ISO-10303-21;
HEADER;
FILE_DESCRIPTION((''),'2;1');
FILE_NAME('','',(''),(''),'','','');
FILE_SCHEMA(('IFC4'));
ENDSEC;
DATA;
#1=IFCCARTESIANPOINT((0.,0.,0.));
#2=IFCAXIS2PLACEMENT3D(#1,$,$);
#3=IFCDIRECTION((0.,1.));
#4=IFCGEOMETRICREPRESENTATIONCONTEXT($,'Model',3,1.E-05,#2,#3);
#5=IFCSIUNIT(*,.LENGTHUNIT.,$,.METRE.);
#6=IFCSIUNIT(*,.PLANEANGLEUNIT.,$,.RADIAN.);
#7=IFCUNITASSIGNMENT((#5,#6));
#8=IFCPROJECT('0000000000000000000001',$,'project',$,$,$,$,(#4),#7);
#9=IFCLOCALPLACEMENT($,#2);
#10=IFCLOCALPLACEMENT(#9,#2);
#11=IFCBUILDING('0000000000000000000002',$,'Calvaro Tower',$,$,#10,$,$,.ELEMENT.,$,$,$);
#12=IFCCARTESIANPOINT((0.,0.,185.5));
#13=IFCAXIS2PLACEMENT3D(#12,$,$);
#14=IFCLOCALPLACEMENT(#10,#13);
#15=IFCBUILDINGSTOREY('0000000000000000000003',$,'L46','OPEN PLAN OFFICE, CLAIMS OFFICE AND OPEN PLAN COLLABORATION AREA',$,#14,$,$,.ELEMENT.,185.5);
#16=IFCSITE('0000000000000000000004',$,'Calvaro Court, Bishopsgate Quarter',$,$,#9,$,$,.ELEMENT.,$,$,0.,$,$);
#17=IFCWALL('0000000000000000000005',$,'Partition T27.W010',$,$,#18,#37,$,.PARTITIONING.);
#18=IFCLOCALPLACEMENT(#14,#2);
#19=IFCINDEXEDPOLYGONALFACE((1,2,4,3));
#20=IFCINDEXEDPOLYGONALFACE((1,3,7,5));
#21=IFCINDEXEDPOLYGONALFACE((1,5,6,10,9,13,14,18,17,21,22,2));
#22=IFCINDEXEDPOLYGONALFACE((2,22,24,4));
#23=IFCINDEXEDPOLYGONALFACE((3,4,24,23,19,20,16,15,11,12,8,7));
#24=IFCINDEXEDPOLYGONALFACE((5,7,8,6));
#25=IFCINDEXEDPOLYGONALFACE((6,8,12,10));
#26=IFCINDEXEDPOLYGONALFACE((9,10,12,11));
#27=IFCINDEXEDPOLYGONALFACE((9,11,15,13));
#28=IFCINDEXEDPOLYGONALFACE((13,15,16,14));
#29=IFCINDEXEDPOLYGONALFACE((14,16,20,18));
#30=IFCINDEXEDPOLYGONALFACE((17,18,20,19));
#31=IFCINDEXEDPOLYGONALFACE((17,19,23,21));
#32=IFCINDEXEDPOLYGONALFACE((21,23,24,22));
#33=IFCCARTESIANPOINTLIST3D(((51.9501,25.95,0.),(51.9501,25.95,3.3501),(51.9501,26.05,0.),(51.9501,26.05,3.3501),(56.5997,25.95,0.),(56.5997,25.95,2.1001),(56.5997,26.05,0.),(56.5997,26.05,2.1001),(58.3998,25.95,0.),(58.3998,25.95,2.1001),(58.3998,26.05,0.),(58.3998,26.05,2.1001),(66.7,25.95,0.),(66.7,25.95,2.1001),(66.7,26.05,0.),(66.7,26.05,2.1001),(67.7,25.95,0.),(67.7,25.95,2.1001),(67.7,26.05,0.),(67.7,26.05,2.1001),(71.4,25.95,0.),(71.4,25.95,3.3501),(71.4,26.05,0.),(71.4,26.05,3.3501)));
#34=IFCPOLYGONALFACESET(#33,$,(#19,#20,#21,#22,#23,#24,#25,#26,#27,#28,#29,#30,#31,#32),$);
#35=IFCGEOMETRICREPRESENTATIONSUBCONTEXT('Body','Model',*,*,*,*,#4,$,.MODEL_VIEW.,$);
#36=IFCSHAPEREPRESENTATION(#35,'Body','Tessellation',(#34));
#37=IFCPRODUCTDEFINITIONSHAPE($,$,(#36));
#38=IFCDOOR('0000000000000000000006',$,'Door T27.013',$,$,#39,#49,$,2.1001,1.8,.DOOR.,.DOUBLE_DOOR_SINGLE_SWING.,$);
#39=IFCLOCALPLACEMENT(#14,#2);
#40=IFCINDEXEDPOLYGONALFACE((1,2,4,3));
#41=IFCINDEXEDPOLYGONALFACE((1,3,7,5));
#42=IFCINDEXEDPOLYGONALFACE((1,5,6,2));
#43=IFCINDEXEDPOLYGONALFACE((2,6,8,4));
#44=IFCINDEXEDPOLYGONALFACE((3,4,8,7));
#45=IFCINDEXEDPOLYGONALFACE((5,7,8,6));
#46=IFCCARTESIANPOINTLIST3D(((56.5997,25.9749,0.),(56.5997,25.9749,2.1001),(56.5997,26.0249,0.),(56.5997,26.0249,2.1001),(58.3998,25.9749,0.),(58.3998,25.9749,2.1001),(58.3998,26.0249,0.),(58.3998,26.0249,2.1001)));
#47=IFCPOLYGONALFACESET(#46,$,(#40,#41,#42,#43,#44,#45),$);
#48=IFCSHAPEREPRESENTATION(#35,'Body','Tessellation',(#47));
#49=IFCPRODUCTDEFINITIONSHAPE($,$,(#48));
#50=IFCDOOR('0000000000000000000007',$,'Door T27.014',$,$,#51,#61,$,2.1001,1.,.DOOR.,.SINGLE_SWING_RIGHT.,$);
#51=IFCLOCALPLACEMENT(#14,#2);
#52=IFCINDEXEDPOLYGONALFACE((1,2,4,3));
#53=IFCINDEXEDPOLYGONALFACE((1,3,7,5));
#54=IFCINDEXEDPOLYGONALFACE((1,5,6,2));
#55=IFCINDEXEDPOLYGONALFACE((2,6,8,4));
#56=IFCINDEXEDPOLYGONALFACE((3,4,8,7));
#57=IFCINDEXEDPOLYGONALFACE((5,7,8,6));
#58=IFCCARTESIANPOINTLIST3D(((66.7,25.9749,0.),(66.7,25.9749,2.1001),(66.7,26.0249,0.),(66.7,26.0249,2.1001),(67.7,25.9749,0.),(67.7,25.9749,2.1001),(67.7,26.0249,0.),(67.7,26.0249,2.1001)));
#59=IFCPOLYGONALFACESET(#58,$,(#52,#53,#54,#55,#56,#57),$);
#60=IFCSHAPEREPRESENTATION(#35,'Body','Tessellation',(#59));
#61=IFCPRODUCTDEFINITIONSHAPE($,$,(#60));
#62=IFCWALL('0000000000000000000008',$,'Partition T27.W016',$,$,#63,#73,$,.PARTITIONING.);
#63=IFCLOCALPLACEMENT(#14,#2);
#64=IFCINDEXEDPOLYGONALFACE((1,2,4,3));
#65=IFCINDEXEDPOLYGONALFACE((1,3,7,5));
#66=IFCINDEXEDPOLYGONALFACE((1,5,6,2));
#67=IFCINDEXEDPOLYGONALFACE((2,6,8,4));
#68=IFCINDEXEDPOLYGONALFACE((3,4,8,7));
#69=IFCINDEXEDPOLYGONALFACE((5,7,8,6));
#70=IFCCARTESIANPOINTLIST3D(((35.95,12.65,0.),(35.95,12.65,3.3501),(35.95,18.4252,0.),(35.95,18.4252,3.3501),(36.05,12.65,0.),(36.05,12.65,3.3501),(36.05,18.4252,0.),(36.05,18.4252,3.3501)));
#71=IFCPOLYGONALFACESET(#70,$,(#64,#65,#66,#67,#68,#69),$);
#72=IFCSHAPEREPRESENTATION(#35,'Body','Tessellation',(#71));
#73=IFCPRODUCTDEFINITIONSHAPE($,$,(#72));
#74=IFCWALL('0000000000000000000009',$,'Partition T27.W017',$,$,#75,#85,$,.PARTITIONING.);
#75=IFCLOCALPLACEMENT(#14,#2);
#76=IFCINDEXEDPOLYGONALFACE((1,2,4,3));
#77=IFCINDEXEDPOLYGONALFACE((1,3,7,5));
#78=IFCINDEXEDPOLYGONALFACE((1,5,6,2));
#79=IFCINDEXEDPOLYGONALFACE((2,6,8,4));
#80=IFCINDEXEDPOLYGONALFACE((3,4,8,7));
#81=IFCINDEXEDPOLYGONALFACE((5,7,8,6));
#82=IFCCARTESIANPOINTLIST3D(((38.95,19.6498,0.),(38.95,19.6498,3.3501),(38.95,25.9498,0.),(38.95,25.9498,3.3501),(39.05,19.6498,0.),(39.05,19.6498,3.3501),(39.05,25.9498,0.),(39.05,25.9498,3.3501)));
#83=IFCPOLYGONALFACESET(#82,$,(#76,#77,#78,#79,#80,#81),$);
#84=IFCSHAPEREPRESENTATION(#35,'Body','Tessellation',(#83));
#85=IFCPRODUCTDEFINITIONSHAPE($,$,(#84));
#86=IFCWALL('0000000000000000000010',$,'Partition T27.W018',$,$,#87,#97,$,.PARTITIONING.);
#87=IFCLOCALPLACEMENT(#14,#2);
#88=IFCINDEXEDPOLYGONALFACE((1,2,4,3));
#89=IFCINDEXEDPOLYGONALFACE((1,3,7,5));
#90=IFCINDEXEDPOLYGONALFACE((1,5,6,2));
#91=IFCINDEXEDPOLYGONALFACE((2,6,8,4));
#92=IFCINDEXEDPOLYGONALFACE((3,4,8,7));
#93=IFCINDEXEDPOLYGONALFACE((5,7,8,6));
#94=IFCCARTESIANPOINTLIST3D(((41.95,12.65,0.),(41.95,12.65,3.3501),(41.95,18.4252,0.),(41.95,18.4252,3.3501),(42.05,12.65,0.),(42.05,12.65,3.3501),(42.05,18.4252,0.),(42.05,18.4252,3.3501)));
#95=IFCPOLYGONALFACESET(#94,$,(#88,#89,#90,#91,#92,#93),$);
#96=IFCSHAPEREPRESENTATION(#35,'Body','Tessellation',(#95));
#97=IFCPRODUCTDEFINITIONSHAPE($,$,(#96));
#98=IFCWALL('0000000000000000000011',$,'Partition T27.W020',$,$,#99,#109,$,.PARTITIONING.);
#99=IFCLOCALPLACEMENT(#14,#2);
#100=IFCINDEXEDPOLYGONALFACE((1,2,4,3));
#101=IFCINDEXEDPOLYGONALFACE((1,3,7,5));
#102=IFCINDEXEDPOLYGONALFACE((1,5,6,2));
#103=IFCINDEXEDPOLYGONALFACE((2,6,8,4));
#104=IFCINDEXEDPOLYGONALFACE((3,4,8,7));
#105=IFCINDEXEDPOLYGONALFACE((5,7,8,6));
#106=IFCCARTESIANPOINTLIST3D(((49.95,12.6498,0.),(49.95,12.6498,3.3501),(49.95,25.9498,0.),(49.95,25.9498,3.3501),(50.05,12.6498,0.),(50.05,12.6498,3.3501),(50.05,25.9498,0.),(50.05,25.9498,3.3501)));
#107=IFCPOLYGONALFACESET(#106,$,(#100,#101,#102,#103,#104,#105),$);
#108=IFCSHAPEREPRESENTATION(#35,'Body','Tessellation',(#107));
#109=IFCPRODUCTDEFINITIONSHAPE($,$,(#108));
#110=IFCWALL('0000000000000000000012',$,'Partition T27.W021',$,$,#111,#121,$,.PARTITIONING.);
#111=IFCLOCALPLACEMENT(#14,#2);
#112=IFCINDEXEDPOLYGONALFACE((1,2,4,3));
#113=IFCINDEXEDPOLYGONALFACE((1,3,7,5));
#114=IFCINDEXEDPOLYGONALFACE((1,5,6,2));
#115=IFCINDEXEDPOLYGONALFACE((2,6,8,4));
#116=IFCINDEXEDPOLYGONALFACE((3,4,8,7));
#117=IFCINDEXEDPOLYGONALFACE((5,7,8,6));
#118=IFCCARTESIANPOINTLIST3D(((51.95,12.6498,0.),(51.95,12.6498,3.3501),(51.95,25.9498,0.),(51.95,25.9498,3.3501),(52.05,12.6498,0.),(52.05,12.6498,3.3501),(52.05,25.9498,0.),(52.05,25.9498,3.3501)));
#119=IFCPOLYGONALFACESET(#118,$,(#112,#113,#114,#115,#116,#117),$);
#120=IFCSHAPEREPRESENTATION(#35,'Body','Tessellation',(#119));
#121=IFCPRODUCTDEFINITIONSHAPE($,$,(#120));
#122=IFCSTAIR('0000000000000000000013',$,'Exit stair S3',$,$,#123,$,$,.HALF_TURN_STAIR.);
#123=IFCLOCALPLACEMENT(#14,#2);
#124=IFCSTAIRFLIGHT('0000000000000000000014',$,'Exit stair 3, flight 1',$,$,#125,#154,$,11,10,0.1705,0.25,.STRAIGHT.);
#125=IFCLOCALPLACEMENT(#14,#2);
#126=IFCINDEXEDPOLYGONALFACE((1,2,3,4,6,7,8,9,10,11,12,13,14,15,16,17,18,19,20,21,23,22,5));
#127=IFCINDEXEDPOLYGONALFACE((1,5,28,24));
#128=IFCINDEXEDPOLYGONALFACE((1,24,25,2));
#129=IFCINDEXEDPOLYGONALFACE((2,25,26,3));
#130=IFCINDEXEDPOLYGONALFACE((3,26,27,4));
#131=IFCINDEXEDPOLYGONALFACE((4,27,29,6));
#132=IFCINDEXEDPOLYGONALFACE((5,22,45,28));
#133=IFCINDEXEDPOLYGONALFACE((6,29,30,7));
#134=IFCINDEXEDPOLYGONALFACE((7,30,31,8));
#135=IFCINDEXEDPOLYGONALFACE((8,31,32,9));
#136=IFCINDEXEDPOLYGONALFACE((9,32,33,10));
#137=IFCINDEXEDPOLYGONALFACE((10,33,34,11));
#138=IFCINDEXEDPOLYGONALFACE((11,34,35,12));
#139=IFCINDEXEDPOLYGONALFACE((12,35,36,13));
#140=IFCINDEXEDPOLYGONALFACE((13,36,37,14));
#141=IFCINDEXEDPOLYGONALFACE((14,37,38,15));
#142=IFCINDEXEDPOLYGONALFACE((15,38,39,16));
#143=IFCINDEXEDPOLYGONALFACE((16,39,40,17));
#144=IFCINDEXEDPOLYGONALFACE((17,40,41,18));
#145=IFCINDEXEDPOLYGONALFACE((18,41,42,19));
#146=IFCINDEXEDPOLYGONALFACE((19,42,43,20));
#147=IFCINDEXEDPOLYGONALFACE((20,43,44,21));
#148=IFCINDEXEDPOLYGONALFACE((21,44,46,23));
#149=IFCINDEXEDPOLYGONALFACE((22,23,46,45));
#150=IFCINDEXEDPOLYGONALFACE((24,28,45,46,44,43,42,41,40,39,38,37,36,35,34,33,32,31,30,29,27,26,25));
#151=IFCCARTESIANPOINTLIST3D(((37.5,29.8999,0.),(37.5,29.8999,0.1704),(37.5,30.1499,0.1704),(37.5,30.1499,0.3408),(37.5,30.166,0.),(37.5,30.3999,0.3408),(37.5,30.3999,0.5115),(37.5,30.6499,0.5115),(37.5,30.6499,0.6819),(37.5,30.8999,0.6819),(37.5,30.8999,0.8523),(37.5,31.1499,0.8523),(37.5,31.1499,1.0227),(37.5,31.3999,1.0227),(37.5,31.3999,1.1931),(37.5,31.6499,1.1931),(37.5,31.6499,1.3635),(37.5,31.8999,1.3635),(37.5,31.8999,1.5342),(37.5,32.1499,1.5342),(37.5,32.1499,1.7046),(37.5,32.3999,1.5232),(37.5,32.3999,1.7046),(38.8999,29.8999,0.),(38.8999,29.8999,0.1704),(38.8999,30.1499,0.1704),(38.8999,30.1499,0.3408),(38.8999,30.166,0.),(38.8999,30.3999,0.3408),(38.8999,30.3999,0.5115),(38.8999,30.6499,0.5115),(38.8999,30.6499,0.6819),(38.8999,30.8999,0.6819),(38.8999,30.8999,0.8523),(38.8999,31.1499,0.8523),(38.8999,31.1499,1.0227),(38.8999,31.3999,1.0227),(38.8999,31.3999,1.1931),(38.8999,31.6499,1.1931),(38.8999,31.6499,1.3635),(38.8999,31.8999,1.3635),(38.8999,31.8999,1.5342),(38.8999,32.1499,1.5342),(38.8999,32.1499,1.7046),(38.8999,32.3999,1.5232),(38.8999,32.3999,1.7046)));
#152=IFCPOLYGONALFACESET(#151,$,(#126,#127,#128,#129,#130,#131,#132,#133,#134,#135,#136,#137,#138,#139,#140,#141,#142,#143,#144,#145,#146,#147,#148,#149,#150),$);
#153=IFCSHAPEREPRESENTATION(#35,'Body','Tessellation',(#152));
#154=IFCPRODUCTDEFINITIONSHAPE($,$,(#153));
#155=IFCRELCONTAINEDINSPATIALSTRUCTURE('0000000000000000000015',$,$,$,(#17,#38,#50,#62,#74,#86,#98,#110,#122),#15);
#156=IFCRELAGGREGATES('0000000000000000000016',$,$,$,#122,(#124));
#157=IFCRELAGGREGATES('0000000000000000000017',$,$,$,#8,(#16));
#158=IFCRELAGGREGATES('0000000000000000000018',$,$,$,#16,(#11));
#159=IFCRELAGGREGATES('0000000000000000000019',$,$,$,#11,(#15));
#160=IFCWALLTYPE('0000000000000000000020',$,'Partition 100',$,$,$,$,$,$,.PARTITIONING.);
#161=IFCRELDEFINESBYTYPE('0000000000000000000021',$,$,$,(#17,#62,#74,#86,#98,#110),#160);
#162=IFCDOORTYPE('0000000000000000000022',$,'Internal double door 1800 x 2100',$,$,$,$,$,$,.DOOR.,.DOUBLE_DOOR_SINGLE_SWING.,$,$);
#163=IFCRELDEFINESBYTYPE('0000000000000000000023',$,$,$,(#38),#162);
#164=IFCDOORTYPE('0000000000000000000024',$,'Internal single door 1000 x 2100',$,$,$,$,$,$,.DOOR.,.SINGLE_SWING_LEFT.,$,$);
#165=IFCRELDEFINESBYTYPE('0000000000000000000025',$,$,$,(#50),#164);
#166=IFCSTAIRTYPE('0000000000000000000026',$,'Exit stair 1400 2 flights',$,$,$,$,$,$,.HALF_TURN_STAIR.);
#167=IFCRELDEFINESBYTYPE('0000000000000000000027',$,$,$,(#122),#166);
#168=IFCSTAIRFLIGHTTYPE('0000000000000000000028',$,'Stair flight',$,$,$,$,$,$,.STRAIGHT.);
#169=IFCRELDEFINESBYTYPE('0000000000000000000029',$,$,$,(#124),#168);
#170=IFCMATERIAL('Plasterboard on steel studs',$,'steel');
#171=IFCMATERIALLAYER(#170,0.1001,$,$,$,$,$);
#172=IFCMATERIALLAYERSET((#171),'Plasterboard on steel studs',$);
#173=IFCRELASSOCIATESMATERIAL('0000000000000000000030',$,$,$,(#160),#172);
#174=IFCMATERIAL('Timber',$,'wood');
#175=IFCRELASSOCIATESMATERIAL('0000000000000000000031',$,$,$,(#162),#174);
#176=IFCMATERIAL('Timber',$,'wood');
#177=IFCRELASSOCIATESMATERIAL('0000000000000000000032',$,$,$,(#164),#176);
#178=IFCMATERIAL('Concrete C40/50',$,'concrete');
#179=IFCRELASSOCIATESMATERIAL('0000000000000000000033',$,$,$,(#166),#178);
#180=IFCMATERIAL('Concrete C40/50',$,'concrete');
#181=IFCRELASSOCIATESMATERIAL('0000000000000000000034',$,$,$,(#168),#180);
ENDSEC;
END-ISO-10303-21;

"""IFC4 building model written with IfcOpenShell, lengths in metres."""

from ifc_helpers import new_model, si_unit, direction, frame, frame_2d, origin, place, context, subcontext, project, spatial, polyline, rectangle, outline, extrude, material, layer, layer_set, type_object, element, fill, aggregate, save


model = new_model("IFC4")

# Units and contexts
model_context = context("Model", 3, precision=1e-05, world=origin(), true_north=direction((0.0, 1.0)))
body_context = subcontext(model_context, "Body", "Model", "MODEL_VIEW")
ifc_project = project(units=[si_unit("LENGTHUNIT", "METRE"), si_unit("PLANEANGLEUNIT", "RADIAN")], contexts=[model_context])

# Site, building, storey
site_placement = place(None, origin())
site = spatial("IfcSite", under=ifc_project, at=site_placement, Name="Calvaro Court, Bishopsgate Quarter", CompositionType="ELEMENT", RefElevation=0.0)
building_placement = place(site_placement, origin())
building = spatial("IfcBuilding", under=site, at=building_placement, Name="Calvaro Tower", CompositionType="ELEMENT")
storey_placement = place(building_placement, frame((0.0, 0.0, 185.5)))
storey = spatial("IfcBuildingStorey", under=building, at=storey_placement, Name="L46", Description="OPEN PLAN OFFICE, CLAIMS OFFICE AND OPEN PLAN COLLABORATION AREA", CompositionType="ELEMENT", Elevation=185.5)

# Shared definitions
ifc_material_1 = material(Name="Plasterboard on steel studs", Category="steel")
ifc_layer_1 = layer(ifc_material_1, 0.1001)
ifc_layer_set_1 = layer_set([ifc_layer_1], Name="Plasterboard on steel studs")
wall_type_1 = type_object("IfcWallType", Name="Partition 100", PredefinedType="PARTITIONING", material=ifc_layer_set_1)
ifc_material_2 = material(Name="Timber", Category="wood")
door_type_1 = type_object("IfcDoorType", Name="Internal double door 1800 x 2100", OperationType="DOUBLE_DOOR_SINGLE_SWING", PredefinedType="DOOR", material=ifc_material_2)

# Wall, openings, doors
wall_1_placement = place(storey_placement, frame((51.95, 26.0, 0.0), z_axis=(0.0, 0.0, 1.0), x_axis=(1.0, 0.0, 0.0)))
wall_1 = element("IfcWall", 1, at=wall_1_placement, inside=storey, type_object=wall_type_1, Name="Partition T27.W010", PredefinedType="PARTITIONING", context=body_context, shape_type="SweptSolid", body=[
    extrude(rectangle(XDim=19.45, YDim=0.1001, at=frame_2d((9.7251, 0.0))), origin(), (0.0, 0.0, 1.0), 3.3501),
])
opening_1_placement = place(wall_1_placement, frame((4.6499, 0.0, 0.0)))
opening_1 = element("IfcOpeningElement", 2, at=opening_1_placement, cuts=wall_1, PredefinedType="OPENING", context=body_context, shape_type="SweptSolid", body=[
    extrude(rectangle(XDim=1.8, YDim=2.1001, at=frame_2d((0.8999, 1.05))), frame((0.0, 0.0601, 0.0), z_axis=(0.0, -1.0, 0.0), x_axis=(1.0, 0.0, 0.0)), (0.0, 0.0, 1.0), 0.1201),
])
opening_2_placement = place(wall_1_placement, frame((14.75, 0.0, 0.0)))
opening_2 = element("IfcOpeningElement", 3, at=opening_2_placement, cuts=wall_1, PredefinedType="OPENING", context=body_context, shape_type="SweptSolid", body=[
    extrude(rectangle(XDim=1.0, YDim=2.1001, at=frame_2d((0.5, 1.05))), frame((0.0, 0.0601, 0.0), z_axis=(0.0, -1.0, 0.0), x_axis=(1.0, 0.0, 0.0)), (0.0, 0.0, 1.0), 0.1201),
])
door_1_placement = place(opening_1_placement, origin())
door_1 = element("IfcDoor", 4, at=door_1_placement, inside=storey, type_object=door_type_1, Name="Door T27.013", OperationType="DOUBLE_DOOR_SINGLE_SWING", OverallHeight=2.1001, OverallWidth=1.8, PredefinedType="DOOR", context=body_context, shape_type="SweptSolid", body=[
    extrude(rectangle(XDim=1.8, YDim=2.1001, at=frame_2d((0.8999, 1.05))), frame((0.0, 0.0249, 0.0), z_axis=(0.0, -1.0, 0.0), x_axis=(1.0, 0.0, 0.0)), (0.0, 0.0, 1.0), 0.05),
])
fill(opening_1, door_1)
ifc_material_3 = material(Name="Timber", Category="wood")
door_type_2 = type_object("IfcDoorType", Name="Internal single door 1000 x 2100", OperationType="SINGLE_SWING_LEFT", PredefinedType="DOOR", material=ifc_material_3)
door_2_placement = place(opening_2_placement, origin())
door_2 = element("IfcDoor", 5, at=door_2_placement, inside=storey, type_object=door_type_2, Name="Door T27.014", OperationType="SINGLE_SWING_RIGHT", OverallHeight=2.1001, OverallWidth=1.0, PredefinedType="DOOR", context=body_context, shape_type="SweptSolid", body=[
    extrude(rectangle(XDim=1.0, YDim=2.1001, at=frame_2d((0.5, 1.05))), frame((0.0, 0.0249, 0.0), z_axis=(0.0, -1.0, 0.0), x_axis=(1.0, 0.0, 0.0)), (0.0, 0.0, 1.0), 0.05),
])
fill(opening_2, door_2)

# Walls
wall_2_placement = place(storey_placement, frame((36.0, 12.6499, 0.0), z_axis=(0.0, 0.0, 1.0), x_axis=(0.0, 1.0, 0.0)))
element("IfcWall", 6, at=wall_2_placement, inside=storey, type_object=wall_type_1, Name="Partition T27.W016", PredefinedType="PARTITIONING", context=body_context, shape_type="SweptSolid", body=[
    extrude(rectangle(XDim=5.7751, YDim=0.1001, at=frame_2d((2.8877, 0.0))), origin(), (0.0, 0.0, 1.0), 3.3501),
])
wall_3_placement = place(storey_placement, frame((39.0, 19.6499, 0.0), z_axis=(0.0, 0.0, 1.0), x_axis=(0.0, 1.0, 0.0)))
element("IfcWall", 7, at=wall_3_placement, inside=storey, type_object=wall_type_1, Name="Partition T27.W017", PredefinedType="PARTITIONING", context=body_context, shape_type="SweptSolid", body=[
    extrude(rectangle(XDim=6.3, YDim=0.1001, at=frame_2d((3.1499, 0.0))), origin(), (0.0, 0.0, 1.0), 3.3501),
])
wall_4_placement = place(storey_placement, frame((42.0, 12.6499, 0.0), z_axis=(0.0, 0.0, 1.0), x_axis=(0.0, 1.0, 0.0)))
element("IfcWall", 8, at=wall_4_placement, inside=storey, type_object=wall_type_1, Name="Partition T27.W018", PredefinedType="PARTITIONING", context=body_context, shape_type="SweptSolid", body=[
    extrude(rectangle(XDim=5.7751, YDim=0.1001, at=frame_2d((2.8877, 0.0))), origin(), (0.0, 0.0, 1.0), 3.3501),
])
for number, where, z_axis, x_axis, name in (
    (9, (50.0, 12.6499, 0.0), (0.0, 0.0, 1.0), (0.0, 1.0, 0.0), "Partition T27.W020"),
    (10, (52.0, 12.6499, 0.0), (0.0, 0.0, 1.0), (0.0, 1.0, 0.0), "Partition T27.W021"),
):
    element("IfcWall", number, at=place(storey_placement, frame(where, z_axis=z_axis, x_axis=x_axis)), inside=storey, type_object=wall_type_1, Name=name, PredefinedType="PARTITIONING", context=body_context, shape_type="SweptSolid", body=[
        extrude(rectangle(XDim=13.3, YDim=0.1001, at=frame_2d((6.6499, 0.0))), origin(), (0.0, 0.0, 1.0), 3.3501),
    ])

# Stair, stair flight
ifc_material_4 = material(Name="Concrete C40/50", Category="concrete")
stair_type = type_object("IfcStairType", Name="Exit stair 1400 2 flights", PredefinedType="HALF_TURN_STAIR", material=ifc_material_4)
stair_placement = place(storey_placement, origin())
stair = element("IfcStair", 11, at=stair_placement, inside=storey, type_object=stair_type, Name="Exit stair S3", PredefinedType="HALF_TURN_STAIR")
ifc_material_5 = material(Name="Concrete C40/50", Category="concrete")
stair_flight_type = type_object("IfcStairFlightType", Name="Stair flight", PredefinedType="STRAIGHT", material=ifc_material_5)
stair_flight_placement = place(storey_placement, frame((38.2, 29.8999, 0.0), z_axis=(0.0, 0.0, 1.0), x_axis=(0.0, 1.0, 0.0)))
stair_flight = element("IfcStairFlight", 12, at=stair_flight_placement, type_object=stair_flight_type, Name="Exit stair 3, flight 1", NumberOfRisers=11, NumberOfTreads=10, PredefinedType="STRAIGHT", RiserHeight=0.1705, TreadLength=0.25, context=body_context, shape_type="SweptSolid", body=[
    extrude(outline(polyline([(0.0, 0.0), (0.0, 0.1704), (0.25, 0.1704), (0.25, 0.3408), (0.5, 0.3408), (0.5, 0.5115), (0.75, 0.5115), (0.75, 0.6819), (1.0, 0.6819), (1.0, 0.8523), (1.25, 0.8523), (1.25, 1.0227), (1.5, 1.0227), (1.5, 1.1931), (1.75, 1.1931), (1.75, 1.3635), (2.0, 1.3635), (2.0, 1.5342), (2.25, 1.5342), (2.25, 1.7046), (2.5, 1.7046), (2.5, 1.875), (2.5, 1.5232), (0.2661, 0.0), (0.0, 0.0)])), frame((0.0, 0.7, 0.0), z_axis=(0.0, -1.0, 0.0), x_axis=(1.0, 0.0, 0.0)), (0.0, 0.0, 1.0), 1.3999),
])
aggregate(stair, [stair_flight])

save(model, "model.ifc")
